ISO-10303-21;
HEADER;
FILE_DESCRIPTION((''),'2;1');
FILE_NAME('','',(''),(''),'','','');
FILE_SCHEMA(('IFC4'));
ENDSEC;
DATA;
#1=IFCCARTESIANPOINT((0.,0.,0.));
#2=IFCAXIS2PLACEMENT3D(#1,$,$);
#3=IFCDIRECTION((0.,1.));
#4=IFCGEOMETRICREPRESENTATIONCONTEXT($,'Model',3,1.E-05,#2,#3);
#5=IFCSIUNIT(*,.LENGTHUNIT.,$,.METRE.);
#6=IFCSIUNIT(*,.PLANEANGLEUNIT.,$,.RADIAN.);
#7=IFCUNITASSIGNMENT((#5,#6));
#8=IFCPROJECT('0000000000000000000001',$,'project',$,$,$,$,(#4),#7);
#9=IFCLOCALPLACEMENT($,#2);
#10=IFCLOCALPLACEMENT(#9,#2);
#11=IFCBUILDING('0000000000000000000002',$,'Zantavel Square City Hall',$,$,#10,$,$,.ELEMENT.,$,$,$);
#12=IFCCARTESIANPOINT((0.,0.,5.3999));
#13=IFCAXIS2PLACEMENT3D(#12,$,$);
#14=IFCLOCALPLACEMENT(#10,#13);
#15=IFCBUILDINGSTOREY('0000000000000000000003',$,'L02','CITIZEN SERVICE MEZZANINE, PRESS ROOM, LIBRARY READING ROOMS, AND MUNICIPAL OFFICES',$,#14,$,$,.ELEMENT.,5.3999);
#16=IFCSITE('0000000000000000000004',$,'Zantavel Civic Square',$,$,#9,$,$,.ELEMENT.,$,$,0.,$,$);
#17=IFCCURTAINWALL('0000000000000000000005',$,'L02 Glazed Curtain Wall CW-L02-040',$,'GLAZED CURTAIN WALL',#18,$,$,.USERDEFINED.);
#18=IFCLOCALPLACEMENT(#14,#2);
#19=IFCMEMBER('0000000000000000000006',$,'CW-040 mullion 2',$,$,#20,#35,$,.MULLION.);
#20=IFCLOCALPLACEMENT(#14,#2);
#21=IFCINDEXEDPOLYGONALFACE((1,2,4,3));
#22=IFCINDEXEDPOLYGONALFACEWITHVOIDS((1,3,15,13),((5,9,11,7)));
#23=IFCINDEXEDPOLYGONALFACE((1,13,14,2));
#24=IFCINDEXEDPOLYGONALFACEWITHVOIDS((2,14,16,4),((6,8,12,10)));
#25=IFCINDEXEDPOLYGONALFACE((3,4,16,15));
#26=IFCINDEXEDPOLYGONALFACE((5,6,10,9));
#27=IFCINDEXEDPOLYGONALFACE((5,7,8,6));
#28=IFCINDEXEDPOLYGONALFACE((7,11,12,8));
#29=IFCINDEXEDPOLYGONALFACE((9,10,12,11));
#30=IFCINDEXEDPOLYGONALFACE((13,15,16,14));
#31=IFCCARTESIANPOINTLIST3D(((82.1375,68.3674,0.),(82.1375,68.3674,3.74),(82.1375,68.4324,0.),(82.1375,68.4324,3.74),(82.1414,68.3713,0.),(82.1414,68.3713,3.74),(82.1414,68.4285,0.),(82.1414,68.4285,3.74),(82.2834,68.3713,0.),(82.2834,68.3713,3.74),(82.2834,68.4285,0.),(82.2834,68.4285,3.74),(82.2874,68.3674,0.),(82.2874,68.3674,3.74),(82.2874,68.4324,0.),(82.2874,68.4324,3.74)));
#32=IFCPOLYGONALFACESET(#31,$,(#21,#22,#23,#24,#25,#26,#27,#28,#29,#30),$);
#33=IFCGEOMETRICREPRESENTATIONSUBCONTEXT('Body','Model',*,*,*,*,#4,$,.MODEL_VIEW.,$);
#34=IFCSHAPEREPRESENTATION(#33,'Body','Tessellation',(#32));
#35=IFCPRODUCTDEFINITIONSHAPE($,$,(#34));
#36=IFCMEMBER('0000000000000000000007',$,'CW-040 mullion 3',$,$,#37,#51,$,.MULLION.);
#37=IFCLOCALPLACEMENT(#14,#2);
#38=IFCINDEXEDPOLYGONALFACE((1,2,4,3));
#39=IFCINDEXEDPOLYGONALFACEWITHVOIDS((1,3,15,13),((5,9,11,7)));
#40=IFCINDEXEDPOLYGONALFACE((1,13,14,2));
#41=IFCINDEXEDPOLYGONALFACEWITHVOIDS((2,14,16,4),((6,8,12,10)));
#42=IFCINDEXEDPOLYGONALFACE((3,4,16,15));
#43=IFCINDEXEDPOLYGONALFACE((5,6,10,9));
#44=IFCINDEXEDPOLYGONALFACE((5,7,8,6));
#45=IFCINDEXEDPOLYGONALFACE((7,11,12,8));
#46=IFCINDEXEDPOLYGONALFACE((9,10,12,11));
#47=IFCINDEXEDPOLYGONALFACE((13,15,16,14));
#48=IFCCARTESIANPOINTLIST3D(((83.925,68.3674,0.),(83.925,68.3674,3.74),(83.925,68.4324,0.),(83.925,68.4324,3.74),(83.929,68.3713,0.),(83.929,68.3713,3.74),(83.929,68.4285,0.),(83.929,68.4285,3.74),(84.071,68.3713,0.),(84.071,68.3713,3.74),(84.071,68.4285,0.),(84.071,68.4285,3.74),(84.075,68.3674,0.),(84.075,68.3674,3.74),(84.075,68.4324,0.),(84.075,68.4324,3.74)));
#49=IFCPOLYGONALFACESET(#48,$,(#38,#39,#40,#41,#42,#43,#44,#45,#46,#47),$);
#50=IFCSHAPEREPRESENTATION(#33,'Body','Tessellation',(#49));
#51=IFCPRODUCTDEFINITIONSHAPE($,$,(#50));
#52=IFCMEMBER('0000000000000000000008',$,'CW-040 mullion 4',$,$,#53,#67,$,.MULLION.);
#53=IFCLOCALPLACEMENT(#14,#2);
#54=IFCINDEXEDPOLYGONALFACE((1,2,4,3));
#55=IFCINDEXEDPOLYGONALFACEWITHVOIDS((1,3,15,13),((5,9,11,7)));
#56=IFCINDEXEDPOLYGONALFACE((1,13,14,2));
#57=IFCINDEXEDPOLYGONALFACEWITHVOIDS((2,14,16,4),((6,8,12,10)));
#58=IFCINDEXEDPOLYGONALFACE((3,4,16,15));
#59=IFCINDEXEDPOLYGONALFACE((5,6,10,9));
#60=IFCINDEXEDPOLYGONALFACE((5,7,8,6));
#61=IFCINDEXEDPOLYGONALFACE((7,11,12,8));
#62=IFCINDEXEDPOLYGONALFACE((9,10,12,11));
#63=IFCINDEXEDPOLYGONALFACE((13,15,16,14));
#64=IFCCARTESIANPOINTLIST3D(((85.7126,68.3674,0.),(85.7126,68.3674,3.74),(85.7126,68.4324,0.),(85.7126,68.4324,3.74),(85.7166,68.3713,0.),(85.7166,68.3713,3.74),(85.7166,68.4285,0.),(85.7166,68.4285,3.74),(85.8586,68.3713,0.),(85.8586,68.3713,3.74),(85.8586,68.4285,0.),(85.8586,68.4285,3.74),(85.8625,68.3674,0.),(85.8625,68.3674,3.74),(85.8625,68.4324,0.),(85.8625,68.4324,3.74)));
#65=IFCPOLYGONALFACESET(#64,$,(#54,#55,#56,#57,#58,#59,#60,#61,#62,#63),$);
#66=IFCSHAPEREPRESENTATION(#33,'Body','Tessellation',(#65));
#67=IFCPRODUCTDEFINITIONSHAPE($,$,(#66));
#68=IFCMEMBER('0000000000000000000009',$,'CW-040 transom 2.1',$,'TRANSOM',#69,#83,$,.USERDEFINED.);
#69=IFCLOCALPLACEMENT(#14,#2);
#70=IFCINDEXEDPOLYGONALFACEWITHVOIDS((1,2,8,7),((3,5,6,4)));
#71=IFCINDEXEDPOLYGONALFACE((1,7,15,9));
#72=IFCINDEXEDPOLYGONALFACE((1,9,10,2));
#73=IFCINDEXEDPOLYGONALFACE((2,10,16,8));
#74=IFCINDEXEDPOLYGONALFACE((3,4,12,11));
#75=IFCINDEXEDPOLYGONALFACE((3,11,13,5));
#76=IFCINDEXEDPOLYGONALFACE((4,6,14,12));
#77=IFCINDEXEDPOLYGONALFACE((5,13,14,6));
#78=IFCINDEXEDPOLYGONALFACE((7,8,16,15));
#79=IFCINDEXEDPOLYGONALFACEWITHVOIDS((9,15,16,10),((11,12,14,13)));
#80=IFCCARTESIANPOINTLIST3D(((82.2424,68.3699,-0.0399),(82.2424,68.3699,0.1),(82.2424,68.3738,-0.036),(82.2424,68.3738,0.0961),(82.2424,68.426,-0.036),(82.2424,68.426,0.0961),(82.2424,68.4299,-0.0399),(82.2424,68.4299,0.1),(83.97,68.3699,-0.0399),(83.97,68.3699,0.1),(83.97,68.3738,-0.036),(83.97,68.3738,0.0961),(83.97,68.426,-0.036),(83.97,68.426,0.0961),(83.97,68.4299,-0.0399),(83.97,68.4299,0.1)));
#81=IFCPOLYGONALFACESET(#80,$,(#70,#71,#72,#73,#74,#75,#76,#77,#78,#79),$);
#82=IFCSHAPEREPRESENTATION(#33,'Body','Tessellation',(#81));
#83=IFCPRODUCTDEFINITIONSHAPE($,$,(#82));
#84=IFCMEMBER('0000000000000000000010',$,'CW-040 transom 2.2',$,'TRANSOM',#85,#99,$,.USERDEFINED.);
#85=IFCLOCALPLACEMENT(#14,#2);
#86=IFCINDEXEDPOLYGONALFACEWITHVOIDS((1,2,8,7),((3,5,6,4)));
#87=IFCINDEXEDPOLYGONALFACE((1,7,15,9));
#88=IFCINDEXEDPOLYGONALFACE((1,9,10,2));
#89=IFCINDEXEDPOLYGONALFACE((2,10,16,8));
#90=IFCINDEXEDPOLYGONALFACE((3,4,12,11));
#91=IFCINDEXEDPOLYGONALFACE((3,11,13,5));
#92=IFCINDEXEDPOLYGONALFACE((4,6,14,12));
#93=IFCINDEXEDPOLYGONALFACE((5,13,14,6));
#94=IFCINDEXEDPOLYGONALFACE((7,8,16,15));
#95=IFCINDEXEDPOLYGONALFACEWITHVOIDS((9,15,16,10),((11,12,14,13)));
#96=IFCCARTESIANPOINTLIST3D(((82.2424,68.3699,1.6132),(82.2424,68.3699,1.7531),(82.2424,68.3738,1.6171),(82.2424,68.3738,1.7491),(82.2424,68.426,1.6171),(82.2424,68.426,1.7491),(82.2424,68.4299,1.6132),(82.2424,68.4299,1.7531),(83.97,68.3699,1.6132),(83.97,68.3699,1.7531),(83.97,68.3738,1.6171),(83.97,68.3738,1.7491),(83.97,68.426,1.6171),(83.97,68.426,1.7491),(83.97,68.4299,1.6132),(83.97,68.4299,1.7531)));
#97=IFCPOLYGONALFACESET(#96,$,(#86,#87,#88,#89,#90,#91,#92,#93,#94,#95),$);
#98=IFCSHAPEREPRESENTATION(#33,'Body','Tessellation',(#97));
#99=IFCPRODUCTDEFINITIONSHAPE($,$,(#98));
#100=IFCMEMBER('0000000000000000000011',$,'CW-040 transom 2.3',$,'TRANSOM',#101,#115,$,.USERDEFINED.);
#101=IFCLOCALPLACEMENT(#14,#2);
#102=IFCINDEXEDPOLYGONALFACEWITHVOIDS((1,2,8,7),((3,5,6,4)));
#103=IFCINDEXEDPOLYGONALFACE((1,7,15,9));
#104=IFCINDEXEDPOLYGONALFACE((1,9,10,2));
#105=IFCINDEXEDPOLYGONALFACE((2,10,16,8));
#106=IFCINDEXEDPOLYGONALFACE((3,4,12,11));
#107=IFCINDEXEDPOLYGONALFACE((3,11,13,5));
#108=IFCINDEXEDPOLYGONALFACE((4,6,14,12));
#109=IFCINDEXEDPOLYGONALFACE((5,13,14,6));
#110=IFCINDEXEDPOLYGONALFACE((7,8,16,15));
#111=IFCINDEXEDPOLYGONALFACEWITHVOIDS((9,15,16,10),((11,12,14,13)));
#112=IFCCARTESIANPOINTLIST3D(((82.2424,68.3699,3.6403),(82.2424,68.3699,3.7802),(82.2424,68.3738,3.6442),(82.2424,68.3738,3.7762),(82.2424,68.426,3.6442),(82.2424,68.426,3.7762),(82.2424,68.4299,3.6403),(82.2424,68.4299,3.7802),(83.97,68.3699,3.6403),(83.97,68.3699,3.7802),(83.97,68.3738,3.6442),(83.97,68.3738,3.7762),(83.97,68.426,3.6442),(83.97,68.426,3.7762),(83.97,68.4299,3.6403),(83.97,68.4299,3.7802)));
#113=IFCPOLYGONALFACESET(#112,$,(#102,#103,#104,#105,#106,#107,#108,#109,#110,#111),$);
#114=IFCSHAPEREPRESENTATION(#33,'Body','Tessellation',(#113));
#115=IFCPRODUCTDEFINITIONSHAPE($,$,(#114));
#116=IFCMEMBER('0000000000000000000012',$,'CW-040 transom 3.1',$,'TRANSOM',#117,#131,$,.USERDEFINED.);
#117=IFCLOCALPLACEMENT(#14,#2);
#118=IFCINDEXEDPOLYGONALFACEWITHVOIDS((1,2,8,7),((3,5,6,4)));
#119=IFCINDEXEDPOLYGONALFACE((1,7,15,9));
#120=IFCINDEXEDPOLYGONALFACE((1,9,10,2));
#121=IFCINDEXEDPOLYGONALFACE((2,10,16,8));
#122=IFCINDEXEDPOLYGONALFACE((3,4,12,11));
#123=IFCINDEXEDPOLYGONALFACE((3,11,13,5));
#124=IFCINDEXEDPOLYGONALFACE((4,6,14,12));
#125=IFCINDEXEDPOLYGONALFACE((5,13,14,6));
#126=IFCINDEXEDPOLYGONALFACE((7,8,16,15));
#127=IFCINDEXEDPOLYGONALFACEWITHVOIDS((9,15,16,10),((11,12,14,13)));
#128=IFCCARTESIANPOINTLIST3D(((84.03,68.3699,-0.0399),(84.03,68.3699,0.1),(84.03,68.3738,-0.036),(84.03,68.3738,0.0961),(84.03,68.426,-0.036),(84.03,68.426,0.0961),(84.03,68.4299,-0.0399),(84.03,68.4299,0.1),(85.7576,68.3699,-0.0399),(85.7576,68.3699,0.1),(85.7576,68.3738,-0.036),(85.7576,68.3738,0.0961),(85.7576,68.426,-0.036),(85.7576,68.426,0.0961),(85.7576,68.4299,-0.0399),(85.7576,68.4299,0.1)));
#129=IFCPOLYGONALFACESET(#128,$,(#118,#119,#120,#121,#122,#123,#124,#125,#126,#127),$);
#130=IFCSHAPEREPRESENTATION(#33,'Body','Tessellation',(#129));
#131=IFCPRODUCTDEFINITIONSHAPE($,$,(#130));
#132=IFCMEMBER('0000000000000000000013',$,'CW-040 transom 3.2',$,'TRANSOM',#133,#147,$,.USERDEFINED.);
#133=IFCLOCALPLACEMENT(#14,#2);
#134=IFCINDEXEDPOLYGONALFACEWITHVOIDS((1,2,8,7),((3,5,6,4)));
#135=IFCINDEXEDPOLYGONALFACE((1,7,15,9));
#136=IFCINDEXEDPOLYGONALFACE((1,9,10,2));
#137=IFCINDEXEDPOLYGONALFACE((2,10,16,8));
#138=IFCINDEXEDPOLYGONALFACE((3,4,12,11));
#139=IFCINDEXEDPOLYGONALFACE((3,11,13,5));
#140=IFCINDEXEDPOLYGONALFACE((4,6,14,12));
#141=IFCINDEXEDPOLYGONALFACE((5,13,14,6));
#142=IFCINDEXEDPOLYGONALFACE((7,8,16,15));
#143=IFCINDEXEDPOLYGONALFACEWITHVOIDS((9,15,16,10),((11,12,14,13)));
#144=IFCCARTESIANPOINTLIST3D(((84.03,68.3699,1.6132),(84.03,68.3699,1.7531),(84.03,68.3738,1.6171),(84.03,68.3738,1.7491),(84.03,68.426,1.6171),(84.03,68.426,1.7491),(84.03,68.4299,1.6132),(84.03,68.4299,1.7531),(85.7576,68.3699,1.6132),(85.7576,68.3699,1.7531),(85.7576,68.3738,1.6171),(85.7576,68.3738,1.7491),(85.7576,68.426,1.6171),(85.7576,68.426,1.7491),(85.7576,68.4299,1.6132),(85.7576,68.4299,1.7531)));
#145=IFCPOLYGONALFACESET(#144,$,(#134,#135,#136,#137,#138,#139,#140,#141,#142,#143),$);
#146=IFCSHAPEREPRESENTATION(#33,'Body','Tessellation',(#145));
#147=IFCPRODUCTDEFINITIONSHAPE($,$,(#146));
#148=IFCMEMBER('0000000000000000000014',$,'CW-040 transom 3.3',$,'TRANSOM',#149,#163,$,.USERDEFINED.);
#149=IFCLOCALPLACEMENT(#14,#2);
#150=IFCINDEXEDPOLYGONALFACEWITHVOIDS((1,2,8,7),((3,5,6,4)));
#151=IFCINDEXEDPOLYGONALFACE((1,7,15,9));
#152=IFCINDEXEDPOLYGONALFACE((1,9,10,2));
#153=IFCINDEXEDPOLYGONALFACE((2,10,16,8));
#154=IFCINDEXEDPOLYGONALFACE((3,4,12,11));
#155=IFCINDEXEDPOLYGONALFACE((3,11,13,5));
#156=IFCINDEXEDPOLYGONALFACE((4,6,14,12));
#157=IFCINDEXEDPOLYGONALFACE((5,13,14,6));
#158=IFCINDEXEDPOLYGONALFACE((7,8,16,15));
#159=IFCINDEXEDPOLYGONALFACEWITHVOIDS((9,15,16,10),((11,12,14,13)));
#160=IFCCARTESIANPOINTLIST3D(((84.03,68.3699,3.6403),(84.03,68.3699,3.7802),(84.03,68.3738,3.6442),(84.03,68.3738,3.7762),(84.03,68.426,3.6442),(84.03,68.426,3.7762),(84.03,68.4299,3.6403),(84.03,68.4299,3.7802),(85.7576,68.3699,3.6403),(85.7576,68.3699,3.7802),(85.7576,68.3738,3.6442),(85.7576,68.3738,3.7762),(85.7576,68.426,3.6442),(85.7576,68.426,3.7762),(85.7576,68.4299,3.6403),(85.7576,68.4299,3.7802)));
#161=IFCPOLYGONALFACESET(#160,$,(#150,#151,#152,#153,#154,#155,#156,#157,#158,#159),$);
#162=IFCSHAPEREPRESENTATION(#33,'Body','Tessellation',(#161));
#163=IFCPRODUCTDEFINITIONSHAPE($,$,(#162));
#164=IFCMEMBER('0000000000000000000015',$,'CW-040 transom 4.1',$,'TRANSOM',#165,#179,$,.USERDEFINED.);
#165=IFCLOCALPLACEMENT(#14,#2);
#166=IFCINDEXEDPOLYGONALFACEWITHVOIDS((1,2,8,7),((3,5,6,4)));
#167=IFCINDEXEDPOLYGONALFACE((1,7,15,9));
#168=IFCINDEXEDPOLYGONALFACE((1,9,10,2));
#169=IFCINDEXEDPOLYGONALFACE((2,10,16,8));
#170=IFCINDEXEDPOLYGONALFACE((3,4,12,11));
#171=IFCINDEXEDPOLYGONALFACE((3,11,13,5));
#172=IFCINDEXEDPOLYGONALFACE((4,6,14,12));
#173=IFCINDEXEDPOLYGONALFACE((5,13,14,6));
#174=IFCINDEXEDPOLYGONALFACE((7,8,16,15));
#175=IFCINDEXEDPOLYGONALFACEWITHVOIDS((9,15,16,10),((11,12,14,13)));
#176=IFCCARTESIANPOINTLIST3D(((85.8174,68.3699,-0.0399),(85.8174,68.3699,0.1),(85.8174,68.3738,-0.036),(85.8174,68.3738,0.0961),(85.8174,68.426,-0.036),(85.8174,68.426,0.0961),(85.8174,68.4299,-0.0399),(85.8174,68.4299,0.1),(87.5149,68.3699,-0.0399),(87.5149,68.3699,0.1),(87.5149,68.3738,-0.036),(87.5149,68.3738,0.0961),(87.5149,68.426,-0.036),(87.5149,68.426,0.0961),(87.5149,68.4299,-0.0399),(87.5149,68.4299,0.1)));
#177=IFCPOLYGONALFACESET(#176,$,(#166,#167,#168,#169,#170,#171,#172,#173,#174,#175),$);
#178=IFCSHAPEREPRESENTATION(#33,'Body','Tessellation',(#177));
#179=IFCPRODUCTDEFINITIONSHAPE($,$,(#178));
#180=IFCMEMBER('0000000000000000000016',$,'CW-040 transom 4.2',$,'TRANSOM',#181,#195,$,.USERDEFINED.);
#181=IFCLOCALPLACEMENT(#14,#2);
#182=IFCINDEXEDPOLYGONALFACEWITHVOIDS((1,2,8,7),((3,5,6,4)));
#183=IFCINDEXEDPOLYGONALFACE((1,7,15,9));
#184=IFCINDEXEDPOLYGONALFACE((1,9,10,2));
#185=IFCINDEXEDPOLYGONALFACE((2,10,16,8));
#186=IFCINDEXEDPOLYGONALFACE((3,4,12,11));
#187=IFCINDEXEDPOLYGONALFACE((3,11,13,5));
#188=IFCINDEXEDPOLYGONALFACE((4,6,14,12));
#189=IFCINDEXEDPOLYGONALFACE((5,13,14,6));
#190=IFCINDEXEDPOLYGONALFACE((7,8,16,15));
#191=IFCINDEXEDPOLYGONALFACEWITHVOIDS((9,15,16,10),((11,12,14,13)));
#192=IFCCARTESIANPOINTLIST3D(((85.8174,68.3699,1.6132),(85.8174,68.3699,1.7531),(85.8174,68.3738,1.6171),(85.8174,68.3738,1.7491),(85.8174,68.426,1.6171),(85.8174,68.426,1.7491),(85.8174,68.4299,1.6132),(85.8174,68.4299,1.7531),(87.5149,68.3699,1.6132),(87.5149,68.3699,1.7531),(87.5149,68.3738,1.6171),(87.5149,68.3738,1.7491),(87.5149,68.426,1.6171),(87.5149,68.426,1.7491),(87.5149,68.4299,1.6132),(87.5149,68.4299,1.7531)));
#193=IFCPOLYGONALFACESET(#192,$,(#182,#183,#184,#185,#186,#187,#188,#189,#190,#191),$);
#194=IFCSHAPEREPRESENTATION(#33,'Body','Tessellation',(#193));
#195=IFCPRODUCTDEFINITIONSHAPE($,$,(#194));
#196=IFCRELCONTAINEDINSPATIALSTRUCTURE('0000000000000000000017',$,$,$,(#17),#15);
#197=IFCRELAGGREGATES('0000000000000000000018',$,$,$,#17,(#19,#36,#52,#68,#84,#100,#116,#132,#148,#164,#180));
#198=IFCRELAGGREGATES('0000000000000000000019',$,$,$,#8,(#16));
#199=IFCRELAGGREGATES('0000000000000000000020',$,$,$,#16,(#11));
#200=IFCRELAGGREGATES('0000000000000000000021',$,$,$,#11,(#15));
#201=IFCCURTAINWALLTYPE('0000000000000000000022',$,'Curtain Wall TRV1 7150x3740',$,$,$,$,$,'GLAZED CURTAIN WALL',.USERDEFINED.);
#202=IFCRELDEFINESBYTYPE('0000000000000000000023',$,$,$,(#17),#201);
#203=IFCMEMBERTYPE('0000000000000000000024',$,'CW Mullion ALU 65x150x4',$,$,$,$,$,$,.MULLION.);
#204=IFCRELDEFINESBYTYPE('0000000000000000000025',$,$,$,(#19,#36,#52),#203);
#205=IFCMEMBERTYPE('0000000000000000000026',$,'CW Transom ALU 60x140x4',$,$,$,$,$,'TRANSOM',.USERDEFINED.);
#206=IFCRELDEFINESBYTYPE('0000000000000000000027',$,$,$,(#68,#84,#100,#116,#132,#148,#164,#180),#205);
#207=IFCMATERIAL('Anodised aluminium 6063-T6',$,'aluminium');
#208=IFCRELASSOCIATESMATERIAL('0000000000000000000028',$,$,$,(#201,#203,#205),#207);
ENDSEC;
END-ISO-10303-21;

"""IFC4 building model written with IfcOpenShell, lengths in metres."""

from ifc_helpers import new_model, si_unit, direction, frame, origin, origin_2d, place, context, subcontext, project, spatial, hollow_rectangle, extrude, material, material_profile, profile_set, type_object, element, aggregate, save


model = new_model("IFC4")

# Units and contexts
model_context = context("Model", 3, precision=1e-05, world=origin(), true_north=direction((0.0, 1.0)))
body_context = subcontext(model_context, "Body", "Model", "MODEL_VIEW")
ifc_project = project(units=[si_unit("LENGTHUNIT", "METRE"), si_unit("PLANEANGLEUNIT", "RADIAN")], contexts=[model_context])

# Site, building, storey
site_placement = place(None, origin())
site = spatial("IfcSite", under=ifc_project, at=site_placement, Name="Zantavel Civic Square", CompositionType="ELEMENT", RefElevation=0.0)
building_placement = place(site_placement, origin())
building = spatial("IfcBuilding", under=site, at=building_placement, Name="Zantavel Square City Hall", CompositionType="ELEMENT")
storey_placement = place(building_placement, frame((0.0, 0.0, 5.3999)))
storey = spatial("IfcBuildingStorey", under=building, at=storey_placement, Name="L02", Description="CITIZEN SERVICE MEZZANINE, PRESS ROOM, LIBRARY READING ROOMS, AND MUNICIPAL OFFICES", CompositionType="ELEMENT", Elevation=5.3999)

# Curtain wall, members
ifc_material_1 = material(Name="Anodised aluminium 6063-T6", Category="aluminium")
curtain_wall_type = type_object("IfcCurtainWallType", Name="Curtain Wall TRV1 7150x3740", ElementType="GLAZED CURTAIN WALL", PredefinedType="USERDEFINED", material=ifc_material_1)
curtain_wall_placement = place(storey_placement, origin())
curtain_wall = element("IfcCurtainWall", 1, at=curtain_wall_placement, inside=storey, type_object=curtain_wall_type, Name="L02 Glazed Curtain Wall CW-L02-040", ObjectType="GLAZED CURTAIN WALL", PredefinedType="USERDEFINED")
ifc_material_profile_1 = material_profile(ifc_material_1, hollow_rectangle(XDim=0.0649, YDim=0.1499, WallThickness=0.0039, at=origin_2d()), Name="ALU 65x150x4")
ifc_profile_set_1 = profile_set([ifc_material_profile_1], Name="Anodised aluminium 6063-T6")
member_type_1 = type_object("IfcMemberType", Name="CW Mullion ALU 65x150x4", PredefinedType="MULLION", material=ifc_profile_set_1)
member_1_placement = place(storey_placement, frame((82.2124, 68.3999, 0.0), z_axis=(0.0, 0.0, 1.0), x_axis=(0.0, 1.0, 0.0)))
member_1 = element("IfcMember", 2, at=member_1_placement, type_object=member_type_1, Name="CW-040 mullion 2", PredefinedType="MULLION", context=body_context, shape_type="SweptSolid", body=[
    extrude(hollow_rectangle(XDim=0.0649, YDim=0.1499, WallThickness=0.0039, at=origin_2d()), origin(), (0.0, 0.0, 1.0), 3.74),
])
member_2_placement = place(storey_placement, frame((84.0, 68.3999, 0.0), z_axis=(0.0, 0.0, 1.0), x_axis=(0.0, 1.0, 0.0)))
member_2 = element("IfcMember", 3, at=member_2_placement, type_object=member_type_1, Name="CW-040 mullion 3", PredefinedType="MULLION", context=body_context, shape_type="SweptSolid", body=[
    extrude(hollow_rectangle(XDim=0.0649, YDim=0.1499, WallThickness=0.0039, at=origin_2d()), origin(), (0.0, 0.0, 1.0), 3.74),
])
member_3_placement = place(storey_placement, frame((85.7876, 68.3999, 0.0), z_axis=(0.0, 0.0, 1.0), x_axis=(0.0, 1.0, 0.0)))
member_3 = element("IfcMember", 4, at=member_3_placement, type_object=member_type_1, Name="CW-040 mullion 4", PredefinedType="MULLION", context=body_context, shape_type="SweptSolid", body=[
    extrude(hollow_rectangle(XDim=0.0649, YDim=0.1499, WallThickness=0.0039, at=origin_2d()), origin(), (0.0, 0.0, 1.0), 3.74),
])
ifc_material_profile_2 = material_profile(ifc_material_1, hollow_rectangle(XDim=0.0601, YDim=0.1399, WallThickness=0.0039, at=origin_2d()), Name="ALU 60x140x4")
ifc_profile_set_2 = profile_set([ifc_material_profile_2], Name="Anodised aluminium 6063-T6")
member_type_2 = type_object("IfcMemberType", Name="CW Transom ALU 60x140x4", ElementType="TRANSOM", PredefinedType="USERDEFINED", material=ifc_profile_set_2)
member_4_placement = place(storey_placement, frame((82.2424, 68.3999, 0.03), z_axis=(1.0, 0.0, 0.0), x_axis=(0.0, 1.0, 0.0)))
member_4 = element("IfcMember", 5, at=member_4_placement, type_object=member_type_2, Name="CW-040 transom 2.1", ObjectType="TRANSOM", PredefinedType="USERDEFINED", context=body_context, shape_type="SweptSolid", body=[
    extrude(hollow_rectangle(XDim=0.0601, YDim=0.1399, WallThickness=0.0039, at=origin_2d()), origin(), (0.0, 0.0, 1.0), 1.7275),
])
member_5_placement = place(storey_placement, frame((82.2424, 68.3999, 1.6831), z_axis=(1.0, 0.0, 0.0), x_axis=(0.0, 1.0, 0.0)))
member_5 = element("IfcMember", 6, at=member_5_placement, type_object=member_type_2, Name="CW-040 transom 2.2", ObjectType="TRANSOM", PredefinedType="USERDEFINED", context=body_context, shape_type="SweptSolid", body=[
    extrude(hollow_rectangle(XDim=0.0601, YDim=0.1399, WallThickness=0.0039, at=origin_2d()), origin(), (0.0, 0.0, 1.0), 1.7275),
])
member_6_placement = place(storey_placement, frame((82.2424, 68.3999, 3.7102), z_axis=(1.0, 0.0, 0.0), x_axis=(0.0, 1.0, 0.0)))
member_6 = element("IfcMember", 7, at=member_6_placement, type_object=member_type_2, Name="CW-040 transom 2.3", ObjectType="TRANSOM", PredefinedType="USERDEFINED", context=body_context, shape_type="SweptSolid", body=[
    extrude(hollow_rectangle(XDim=0.0601, YDim=0.1399, WallThickness=0.0039, at=origin_2d()), origin(), (0.0, 0.0, 1.0), 1.7275),
])
member_7_placement = place(storey_placement, frame((84.03, 68.3999, 0.03), z_axis=(1.0, 0.0, 0.0), x_axis=(0.0, 1.0, 0.0)))
member_7 = element("IfcMember", 8, at=member_7_placement, type_object=member_type_2, Name="CW-040 transom 3.1", ObjectType="TRANSOM", PredefinedType="USERDEFINED", context=body_context, shape_type="SweptSolid", body=[
    extrude(hollow_rectangle(XDim=0.0601, YDim=0.1399, WallThickness=0.0039, at=origin_2d()), origin(), (0.0, 0.0, 1.0), 1.7275),
])
member_8_placement = place(storey_placement, frame((84.03, 68.3999, 1.6831), z_axis=(1.0, 0.0, 0.0), x_axis=(0.0, 1.0, 0.0)))
member_8 = element("IfcMember", 9, at=member_8_placement, type_object=member_type_2, Name="CW-040 transom 3.2", ObjectType="TRANSOM", PredefinedType="USERDEFINED", context=body_context, shape_type="SweptSolid", body=[
    extrude(hollow_rectangle(XDim=0.0601, YDim=0.1399, WallThickness=0.0039, at=origin_2d()), origin(), (0.0, 0.0, 1.0), 1.7275),
])
member_9_placement = place(storey_placement, frame((84.03, 68.3999, 3.7102), z_axis=(1.0, 0.0, 0.0), x_axis=(0.0, 1.0, 0.0)))
member_9 = element("IfcMember", 10, at=member_9_placement, type_object=member_type_2, Name="CW-040 transom 3.3", ObjectType="TRANSOM", PredefinedType="USERDEFINED", context=body_context, shape_type="SweptSolid", body=[
    extrude(hollow_rectangle(XDim=0.0601, YDim=0.1399, WallThickness=0.0039, at=origin_2d()), origin(), (0.0, 0.0, 1.0), 1.7275),
])
member_10_placement = place(storey_placement, frame((85.8174, 68.3999, 0.03), z_axis=(1.0, 0.0, 0.0), x_axis=(0.0, 1.0, 0.0)))
member_10 = element("IfcMember", 11, at=member_10_placement, type_object=member_type_2, Name="CW-040 transom 4.1", ObjectType="TRANSOM", PredefinedType="USERDEFINED", context=body_context, shape_type="SweptSolid", body=[
    extrude(hollow_rectangle(XDim=0.0601, YDim=0.1399, WallThickness=0.0039, at=origin_2d()), origin(), (0.0, 0.0, 1.0), 1.6975),
])
member_11_placement = place(storey_placement, frame((85.8174, 68.3999, 1.6831), z_axis=(1.0, 0.0, 0.0), x_axis=(0.0, 1.0, 0.0)))
member_11 = element("IfcMember", 12, at=member_11_placement, type_object=member_type_2, Name="CW-040 transom 4.2", ObjectType="TRANSOM", PredefinedType="USERDEFINED", context=body_context, shape_type="SweptSolid", body=[
    extrude(hollow_rectangle(XDim=0.0601, YDim=0.1399, WallThickness=0.0039, at=origin_2d()), origin(), (0.0, 0.0, 1.0), 1.6975),
])

aggregate(curtain_wall, [member_1, member_2, member_3, member_4, member_5, member_6, member_7, member_8, member_9, member_10, member_11])

save(model, "model.ifc")
